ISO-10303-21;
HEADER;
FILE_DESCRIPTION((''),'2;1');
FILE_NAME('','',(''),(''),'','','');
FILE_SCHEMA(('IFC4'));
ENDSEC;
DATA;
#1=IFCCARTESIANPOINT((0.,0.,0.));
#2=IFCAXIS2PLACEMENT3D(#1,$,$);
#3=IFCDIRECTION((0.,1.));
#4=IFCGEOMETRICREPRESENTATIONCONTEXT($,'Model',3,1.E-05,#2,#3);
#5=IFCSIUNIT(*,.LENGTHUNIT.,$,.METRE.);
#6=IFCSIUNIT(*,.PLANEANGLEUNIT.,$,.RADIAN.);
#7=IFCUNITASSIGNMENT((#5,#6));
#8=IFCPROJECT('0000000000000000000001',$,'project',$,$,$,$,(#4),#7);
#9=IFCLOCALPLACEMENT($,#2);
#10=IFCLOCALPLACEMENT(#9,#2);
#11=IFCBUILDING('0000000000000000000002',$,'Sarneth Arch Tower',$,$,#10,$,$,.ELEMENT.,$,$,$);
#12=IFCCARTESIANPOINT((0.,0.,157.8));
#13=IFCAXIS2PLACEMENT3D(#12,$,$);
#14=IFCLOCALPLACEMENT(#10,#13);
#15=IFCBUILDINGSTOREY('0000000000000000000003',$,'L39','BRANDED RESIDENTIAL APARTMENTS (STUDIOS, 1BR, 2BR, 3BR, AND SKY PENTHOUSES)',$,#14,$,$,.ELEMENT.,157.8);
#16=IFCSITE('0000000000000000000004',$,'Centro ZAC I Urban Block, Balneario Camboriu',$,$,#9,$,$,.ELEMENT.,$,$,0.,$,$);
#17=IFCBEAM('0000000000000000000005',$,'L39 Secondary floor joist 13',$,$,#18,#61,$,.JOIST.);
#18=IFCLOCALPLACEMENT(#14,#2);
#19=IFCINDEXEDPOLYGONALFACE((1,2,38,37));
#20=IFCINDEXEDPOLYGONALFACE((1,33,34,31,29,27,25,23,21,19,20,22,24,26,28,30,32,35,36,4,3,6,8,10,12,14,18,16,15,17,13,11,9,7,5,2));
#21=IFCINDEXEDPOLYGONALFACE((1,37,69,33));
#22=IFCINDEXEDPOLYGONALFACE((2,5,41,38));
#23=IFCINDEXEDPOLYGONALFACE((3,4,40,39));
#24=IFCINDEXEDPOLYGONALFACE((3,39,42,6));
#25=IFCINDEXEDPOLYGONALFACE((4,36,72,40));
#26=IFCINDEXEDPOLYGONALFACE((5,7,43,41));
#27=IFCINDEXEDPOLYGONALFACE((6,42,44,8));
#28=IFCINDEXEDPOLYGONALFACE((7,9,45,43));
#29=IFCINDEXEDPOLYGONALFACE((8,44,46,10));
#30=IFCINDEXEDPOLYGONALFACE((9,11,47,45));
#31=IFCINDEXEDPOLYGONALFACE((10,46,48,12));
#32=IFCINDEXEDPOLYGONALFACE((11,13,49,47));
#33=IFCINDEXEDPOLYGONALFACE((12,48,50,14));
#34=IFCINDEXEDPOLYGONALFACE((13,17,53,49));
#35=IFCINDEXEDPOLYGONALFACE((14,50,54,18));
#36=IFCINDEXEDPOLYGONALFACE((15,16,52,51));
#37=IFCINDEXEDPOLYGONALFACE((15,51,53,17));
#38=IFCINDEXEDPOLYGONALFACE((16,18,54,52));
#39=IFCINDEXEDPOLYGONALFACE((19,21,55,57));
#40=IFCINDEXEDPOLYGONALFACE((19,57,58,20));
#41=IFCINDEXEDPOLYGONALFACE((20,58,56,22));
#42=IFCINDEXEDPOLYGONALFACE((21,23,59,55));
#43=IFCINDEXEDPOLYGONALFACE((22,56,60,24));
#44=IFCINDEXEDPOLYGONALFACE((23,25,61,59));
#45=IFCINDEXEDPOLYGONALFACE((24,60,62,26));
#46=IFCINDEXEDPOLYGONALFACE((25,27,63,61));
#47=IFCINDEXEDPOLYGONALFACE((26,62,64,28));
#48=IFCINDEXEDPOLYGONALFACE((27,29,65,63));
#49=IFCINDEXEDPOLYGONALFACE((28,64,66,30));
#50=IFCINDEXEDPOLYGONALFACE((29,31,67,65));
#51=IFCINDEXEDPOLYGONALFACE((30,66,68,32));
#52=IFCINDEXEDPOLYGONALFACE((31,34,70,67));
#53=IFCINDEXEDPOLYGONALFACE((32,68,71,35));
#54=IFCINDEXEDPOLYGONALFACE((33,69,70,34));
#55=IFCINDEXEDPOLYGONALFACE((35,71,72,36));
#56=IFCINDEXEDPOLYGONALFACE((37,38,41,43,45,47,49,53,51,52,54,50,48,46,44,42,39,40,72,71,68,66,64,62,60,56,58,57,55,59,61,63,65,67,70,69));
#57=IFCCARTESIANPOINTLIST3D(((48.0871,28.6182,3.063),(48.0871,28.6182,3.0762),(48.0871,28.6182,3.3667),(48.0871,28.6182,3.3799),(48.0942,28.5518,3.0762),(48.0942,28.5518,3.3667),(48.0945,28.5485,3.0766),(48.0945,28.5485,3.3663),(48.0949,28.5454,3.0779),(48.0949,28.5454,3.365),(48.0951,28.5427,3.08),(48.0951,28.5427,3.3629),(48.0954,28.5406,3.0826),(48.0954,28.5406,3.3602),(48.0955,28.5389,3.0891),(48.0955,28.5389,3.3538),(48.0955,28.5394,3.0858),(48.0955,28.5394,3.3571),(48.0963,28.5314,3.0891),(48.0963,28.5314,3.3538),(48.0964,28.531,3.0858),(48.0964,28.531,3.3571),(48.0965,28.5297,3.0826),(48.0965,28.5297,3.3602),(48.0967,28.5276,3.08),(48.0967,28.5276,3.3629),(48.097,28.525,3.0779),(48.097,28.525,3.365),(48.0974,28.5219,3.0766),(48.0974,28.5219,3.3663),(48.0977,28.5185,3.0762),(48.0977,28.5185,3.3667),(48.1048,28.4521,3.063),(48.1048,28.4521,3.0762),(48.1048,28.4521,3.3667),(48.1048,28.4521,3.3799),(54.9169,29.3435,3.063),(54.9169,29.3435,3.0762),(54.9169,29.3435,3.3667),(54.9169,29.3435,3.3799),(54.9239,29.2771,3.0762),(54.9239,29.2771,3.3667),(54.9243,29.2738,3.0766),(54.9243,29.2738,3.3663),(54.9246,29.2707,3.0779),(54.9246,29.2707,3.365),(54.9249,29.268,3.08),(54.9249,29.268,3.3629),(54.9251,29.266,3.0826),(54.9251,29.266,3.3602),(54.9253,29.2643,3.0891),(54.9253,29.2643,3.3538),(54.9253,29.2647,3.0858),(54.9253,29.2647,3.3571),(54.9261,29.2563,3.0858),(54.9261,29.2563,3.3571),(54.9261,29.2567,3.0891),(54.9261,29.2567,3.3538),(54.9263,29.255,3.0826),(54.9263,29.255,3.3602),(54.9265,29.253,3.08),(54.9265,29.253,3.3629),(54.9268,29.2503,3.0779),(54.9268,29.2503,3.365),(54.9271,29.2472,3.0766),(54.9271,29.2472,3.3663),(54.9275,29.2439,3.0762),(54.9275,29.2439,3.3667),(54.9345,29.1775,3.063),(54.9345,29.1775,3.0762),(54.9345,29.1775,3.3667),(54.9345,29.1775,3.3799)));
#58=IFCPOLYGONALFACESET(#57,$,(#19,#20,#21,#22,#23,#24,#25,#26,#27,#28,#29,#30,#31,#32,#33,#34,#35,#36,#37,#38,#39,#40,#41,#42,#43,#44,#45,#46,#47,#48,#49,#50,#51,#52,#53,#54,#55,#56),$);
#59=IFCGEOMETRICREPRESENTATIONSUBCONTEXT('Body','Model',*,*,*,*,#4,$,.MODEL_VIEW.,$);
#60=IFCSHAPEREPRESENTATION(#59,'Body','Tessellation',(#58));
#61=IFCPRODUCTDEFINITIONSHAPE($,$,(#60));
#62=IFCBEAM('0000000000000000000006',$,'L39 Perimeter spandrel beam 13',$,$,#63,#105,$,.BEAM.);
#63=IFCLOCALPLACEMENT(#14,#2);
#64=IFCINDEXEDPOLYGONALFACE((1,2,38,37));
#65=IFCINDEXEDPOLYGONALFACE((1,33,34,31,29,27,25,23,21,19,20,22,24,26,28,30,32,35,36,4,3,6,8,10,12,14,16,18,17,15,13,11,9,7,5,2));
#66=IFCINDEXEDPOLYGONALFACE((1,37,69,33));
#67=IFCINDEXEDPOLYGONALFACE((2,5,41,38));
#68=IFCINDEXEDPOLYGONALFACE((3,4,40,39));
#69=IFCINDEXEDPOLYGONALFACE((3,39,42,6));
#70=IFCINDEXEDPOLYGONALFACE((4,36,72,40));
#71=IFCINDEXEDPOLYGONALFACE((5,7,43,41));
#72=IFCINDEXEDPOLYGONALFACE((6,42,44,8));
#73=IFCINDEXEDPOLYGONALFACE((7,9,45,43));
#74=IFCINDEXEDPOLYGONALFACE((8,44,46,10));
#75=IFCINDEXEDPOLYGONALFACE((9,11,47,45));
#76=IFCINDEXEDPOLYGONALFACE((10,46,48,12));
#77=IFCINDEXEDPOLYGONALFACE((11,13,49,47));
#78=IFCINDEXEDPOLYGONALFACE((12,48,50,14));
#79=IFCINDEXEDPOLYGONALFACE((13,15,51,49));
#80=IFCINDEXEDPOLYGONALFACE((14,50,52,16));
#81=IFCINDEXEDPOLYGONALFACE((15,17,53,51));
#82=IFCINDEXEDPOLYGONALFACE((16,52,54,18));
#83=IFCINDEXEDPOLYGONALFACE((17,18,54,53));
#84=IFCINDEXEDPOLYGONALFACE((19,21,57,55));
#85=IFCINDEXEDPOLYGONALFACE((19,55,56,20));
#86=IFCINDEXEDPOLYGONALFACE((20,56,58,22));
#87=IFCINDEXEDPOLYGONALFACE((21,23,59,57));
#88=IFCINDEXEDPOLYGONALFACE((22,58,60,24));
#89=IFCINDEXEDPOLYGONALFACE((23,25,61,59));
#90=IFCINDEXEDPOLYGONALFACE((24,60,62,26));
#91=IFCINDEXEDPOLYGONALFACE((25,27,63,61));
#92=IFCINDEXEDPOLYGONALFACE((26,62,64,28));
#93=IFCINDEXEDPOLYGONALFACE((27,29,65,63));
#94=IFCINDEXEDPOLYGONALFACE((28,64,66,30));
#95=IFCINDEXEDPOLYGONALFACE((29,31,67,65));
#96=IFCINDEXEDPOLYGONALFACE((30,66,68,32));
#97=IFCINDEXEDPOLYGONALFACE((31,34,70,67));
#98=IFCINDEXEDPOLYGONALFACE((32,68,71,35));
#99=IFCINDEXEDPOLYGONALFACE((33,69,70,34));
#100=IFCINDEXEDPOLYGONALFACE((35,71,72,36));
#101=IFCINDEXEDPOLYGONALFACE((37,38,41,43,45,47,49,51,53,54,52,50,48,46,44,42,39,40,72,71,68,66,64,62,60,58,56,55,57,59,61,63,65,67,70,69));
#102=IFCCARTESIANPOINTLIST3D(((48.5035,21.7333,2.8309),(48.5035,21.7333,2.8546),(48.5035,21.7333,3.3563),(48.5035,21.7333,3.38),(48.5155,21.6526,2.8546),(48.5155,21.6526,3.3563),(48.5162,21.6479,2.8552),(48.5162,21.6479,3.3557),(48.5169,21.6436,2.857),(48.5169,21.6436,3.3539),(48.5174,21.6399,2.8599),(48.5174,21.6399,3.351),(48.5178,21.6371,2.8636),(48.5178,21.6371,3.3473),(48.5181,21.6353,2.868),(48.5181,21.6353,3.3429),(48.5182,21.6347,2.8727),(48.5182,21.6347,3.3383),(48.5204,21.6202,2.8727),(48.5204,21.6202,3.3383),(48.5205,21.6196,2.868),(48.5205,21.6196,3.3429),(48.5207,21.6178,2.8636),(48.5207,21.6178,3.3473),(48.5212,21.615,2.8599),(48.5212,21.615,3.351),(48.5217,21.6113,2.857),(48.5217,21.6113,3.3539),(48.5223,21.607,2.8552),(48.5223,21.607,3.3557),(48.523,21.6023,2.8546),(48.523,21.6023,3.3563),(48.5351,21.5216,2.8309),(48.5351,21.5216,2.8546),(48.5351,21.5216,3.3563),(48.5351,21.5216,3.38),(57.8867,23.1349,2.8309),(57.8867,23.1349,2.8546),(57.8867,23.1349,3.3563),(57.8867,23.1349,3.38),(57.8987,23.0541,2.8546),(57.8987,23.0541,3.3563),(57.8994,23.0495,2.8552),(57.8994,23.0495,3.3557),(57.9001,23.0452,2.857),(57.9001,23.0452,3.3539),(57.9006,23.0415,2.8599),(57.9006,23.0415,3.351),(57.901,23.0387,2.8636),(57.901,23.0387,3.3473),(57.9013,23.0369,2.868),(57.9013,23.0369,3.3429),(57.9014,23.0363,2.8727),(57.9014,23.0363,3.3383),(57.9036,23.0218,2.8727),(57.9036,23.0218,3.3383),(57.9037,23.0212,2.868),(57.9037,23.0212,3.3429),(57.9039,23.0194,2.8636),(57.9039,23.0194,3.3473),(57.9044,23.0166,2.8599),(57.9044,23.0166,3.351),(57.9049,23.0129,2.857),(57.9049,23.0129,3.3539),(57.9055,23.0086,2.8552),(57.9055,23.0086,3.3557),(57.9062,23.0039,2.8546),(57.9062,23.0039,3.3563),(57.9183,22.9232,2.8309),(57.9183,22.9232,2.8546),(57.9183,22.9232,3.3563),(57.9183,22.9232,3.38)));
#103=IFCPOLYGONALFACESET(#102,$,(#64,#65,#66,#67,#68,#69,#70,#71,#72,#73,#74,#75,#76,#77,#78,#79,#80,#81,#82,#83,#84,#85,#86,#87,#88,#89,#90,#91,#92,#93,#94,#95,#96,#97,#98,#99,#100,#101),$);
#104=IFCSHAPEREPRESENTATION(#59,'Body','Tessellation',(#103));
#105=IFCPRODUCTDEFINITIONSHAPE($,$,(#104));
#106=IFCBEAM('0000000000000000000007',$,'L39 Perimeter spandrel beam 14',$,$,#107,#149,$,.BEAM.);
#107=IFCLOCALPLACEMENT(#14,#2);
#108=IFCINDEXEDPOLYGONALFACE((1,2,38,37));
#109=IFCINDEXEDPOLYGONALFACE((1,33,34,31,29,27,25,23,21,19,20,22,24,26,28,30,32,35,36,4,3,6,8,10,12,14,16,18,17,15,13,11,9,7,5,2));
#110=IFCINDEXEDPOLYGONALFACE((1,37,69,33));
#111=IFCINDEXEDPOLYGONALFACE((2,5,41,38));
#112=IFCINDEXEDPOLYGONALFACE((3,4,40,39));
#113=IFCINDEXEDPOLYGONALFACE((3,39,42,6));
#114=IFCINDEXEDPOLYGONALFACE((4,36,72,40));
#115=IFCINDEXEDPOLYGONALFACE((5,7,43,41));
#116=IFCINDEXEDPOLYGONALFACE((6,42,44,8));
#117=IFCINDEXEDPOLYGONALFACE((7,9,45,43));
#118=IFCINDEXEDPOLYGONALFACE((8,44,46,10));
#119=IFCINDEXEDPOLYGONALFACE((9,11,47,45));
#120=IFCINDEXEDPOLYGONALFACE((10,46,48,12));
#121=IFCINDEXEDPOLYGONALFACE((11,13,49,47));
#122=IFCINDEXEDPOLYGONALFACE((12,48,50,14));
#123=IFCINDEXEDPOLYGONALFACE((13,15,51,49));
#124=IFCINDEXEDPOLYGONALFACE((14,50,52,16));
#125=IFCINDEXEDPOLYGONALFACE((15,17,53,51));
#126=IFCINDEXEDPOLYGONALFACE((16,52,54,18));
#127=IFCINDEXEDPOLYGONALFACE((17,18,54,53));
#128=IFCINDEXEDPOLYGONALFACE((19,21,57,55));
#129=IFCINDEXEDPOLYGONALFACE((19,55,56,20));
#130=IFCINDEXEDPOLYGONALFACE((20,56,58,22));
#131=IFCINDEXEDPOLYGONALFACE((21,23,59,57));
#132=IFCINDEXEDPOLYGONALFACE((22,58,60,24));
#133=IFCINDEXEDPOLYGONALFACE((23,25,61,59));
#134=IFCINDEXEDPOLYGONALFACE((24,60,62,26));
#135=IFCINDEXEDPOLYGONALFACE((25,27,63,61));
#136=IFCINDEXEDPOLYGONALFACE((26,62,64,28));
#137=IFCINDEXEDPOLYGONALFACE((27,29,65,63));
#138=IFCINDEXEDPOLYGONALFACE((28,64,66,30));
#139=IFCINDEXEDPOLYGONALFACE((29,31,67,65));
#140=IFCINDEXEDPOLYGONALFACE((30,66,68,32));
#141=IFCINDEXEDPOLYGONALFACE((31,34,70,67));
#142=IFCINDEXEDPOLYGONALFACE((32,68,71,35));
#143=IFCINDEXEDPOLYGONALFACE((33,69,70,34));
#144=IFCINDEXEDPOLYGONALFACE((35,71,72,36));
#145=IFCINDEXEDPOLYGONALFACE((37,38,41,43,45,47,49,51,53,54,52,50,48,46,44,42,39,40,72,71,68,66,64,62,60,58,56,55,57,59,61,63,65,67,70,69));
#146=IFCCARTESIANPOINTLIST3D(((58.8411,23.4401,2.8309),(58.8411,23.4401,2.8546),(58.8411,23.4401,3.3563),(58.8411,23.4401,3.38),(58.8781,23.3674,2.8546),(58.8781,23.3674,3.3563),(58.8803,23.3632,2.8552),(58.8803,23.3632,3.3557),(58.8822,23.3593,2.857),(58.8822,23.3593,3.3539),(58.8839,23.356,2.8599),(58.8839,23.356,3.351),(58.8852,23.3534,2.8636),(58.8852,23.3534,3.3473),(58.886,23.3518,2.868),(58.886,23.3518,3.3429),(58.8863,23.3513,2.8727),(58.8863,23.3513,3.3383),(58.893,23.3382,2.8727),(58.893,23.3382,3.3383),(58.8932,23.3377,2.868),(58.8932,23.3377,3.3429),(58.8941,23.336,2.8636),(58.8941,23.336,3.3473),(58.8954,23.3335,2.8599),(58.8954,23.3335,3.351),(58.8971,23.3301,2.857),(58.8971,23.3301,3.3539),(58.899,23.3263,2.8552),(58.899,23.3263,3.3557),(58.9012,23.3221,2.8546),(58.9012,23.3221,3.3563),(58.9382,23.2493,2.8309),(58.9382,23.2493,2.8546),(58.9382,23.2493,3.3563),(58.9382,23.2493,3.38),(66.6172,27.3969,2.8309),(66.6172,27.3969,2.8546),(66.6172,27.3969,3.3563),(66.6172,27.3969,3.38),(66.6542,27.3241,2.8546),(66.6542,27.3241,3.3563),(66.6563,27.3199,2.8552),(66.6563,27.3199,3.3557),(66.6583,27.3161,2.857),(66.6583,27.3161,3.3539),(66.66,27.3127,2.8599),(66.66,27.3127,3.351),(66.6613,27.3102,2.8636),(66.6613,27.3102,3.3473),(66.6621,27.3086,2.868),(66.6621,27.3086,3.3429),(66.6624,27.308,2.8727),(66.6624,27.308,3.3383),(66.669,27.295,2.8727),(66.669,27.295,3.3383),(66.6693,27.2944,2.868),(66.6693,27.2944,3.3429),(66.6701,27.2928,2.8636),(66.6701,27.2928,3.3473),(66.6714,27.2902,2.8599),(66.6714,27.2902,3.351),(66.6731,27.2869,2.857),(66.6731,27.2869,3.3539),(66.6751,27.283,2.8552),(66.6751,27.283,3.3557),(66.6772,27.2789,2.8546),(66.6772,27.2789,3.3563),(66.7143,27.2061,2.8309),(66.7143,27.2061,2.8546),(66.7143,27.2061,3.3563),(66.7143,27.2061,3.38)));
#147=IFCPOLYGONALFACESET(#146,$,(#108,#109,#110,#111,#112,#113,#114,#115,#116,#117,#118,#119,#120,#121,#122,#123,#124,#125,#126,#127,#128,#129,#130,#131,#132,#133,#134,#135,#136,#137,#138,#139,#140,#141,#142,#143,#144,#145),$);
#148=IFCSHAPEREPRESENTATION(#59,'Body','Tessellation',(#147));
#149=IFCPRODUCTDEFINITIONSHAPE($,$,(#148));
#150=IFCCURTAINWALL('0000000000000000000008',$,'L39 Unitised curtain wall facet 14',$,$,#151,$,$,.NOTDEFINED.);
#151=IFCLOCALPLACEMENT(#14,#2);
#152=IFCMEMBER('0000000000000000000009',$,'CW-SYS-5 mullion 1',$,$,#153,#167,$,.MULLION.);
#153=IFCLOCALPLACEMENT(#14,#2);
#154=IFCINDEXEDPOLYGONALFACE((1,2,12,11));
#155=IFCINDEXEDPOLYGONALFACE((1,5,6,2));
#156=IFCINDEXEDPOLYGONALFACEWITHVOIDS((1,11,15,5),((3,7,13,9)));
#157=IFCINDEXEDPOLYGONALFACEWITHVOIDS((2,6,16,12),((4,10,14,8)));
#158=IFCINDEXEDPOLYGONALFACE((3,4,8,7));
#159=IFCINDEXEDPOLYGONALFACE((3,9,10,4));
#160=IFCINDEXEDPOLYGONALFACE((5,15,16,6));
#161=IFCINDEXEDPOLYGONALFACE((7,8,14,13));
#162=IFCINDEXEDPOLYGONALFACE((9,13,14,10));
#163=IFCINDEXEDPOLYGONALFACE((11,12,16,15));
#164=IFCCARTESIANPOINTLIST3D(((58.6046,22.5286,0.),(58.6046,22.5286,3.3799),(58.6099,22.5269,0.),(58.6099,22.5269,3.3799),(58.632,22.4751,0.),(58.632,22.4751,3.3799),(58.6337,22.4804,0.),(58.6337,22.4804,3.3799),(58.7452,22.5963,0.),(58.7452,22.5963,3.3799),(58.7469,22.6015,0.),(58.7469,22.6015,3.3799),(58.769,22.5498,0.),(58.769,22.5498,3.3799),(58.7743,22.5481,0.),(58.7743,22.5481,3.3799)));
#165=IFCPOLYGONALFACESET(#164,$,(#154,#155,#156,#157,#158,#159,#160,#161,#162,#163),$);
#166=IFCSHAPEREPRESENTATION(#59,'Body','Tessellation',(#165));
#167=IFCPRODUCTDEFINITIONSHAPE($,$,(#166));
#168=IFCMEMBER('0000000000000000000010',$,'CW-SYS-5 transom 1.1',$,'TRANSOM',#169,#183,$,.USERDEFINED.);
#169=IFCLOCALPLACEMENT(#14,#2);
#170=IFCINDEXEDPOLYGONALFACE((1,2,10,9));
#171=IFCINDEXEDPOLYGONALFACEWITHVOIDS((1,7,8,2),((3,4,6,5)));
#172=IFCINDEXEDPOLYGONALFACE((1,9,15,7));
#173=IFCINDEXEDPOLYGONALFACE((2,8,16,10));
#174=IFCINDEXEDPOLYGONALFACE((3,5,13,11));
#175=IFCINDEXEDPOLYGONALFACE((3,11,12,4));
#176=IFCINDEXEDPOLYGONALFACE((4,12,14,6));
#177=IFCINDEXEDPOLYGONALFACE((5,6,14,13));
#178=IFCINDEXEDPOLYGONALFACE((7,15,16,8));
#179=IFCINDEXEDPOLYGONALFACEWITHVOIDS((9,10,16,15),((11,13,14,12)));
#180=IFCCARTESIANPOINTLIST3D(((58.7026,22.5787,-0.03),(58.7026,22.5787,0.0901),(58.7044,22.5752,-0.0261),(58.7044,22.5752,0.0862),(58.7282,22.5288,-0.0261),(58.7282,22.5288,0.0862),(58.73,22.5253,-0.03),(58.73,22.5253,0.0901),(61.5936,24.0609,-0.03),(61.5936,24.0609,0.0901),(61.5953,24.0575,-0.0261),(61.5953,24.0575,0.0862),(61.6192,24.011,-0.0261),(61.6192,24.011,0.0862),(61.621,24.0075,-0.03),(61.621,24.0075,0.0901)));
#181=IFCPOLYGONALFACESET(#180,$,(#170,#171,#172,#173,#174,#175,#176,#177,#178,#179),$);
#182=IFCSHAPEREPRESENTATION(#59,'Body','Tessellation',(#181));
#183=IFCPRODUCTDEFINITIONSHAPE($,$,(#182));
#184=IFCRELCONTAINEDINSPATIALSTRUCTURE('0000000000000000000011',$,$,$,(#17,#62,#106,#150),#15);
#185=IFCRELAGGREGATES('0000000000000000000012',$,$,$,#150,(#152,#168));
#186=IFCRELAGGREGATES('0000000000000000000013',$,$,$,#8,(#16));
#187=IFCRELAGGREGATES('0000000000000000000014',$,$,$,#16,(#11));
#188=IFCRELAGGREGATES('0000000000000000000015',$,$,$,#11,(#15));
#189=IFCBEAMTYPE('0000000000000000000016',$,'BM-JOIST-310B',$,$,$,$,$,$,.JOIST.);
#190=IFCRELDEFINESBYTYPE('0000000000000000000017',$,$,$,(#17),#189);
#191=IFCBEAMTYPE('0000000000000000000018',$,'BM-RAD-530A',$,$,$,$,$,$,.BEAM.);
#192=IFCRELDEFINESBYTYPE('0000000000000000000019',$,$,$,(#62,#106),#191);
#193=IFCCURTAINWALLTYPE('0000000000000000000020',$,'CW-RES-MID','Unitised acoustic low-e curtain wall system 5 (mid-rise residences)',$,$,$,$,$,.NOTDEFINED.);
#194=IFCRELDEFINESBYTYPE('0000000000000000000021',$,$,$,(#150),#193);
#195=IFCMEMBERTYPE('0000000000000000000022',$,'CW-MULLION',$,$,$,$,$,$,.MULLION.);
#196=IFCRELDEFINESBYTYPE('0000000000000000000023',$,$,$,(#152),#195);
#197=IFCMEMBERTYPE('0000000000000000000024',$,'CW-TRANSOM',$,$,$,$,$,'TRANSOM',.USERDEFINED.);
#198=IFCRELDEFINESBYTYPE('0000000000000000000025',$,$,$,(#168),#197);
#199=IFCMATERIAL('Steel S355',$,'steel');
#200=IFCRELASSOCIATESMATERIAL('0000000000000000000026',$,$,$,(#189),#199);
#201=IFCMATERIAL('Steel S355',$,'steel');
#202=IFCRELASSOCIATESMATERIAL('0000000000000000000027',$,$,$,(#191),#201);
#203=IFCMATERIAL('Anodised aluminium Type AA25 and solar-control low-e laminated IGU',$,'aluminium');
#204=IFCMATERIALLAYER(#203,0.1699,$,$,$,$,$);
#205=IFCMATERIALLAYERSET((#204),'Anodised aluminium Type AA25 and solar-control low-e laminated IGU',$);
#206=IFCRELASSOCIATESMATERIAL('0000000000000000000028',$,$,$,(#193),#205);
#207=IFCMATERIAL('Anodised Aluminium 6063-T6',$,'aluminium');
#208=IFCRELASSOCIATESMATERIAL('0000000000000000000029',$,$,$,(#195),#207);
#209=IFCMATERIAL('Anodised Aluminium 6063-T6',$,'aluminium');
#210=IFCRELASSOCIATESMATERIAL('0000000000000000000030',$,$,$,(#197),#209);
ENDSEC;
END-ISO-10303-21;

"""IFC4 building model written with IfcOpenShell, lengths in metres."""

from ifc_helpers import new_model, si_unit, direction, frame, origin, origin_2d, place, context, subcontext, project, spatial, hollow_rectangle, i_section, extrude, material, layer, layer_set, material_profile, profile_set, type_object, element, aggregate, save


model = new_model("IFC4")

# Units and contexts
model_context = context("Model", 3, precision=1e-05, world=origin(), true_north=direction((0.0, 1.0)))
body_context = subcontext(model_context, "Body", "Model", "MODEL_VIEW")
ifc_project = project(units=[si_unit("LENGTHUNIT", "METRE"), si_unit("PLANEANGLEUNIT", "RADIAN")], contexts=[model_context])

# Site, building, storey
site_placement = place(None, origin())
site = spatial("IfcSite", under=ifc_project, at=site_placement, Name="Centro ZAC I Urban Block, Balneario Camboriu", CompositionType="ELEMENT", RefElevation=0.0)
building_placement = place(site_placement, origin())
building = spatial("IfcBuilding", under=site, at=building_placement, Name="Sarneth Arch Tower", CompositionType="ELEMENT")
storey_placement = place(building_placement, frame((0.0, 0.0, 157.8)))
storey = spatial("IfcBuildingStorey", under=building, at=storey_placement, Name="L39", Description="BRANDED RESIDENTIAL APARTMENTS (STUDIOS, 1BR, 2BR, 3BR, AND SKY PENTHOUSES)", CompositionType="ELEMENT", Elevation=157.8)

# Beams
ifc_material_1 = material(Name="Steel S355", Category="steel")
ifc_material_profile_1 = material_profile(ifc_material_1, i_section(OverallWidth=0.167, OverallDepth=0.3169, WebThickness=0.0076, FlangeThickness=0.0132, FilletRadius=0.0129, at=origin_2d()), Name="W310x52")
ifc_profile_set_1 = profile_set([ifc_material_profile_1], Name="Steel S355")
beam_type_1 = type_object("IfcBeamType", Name="BM-JOIST-310B", PredefinedType="JOIST", material=ifc_profile_set_1)
beam_1_placement = place(storey_placement, frame((48.0959, 28.5352, 3.2214), z_axis=(0.994408, 0.105608, 0.0), x_axis=(-0.105608, 0.994408, 0.0)))
element("IfcBeam", 1, at=beam_1_placement, inside=storey, type_object=beam_type_1, Name="L39 Secondary floor joist 13", PredefinedType="JOIST", context=body_context, shape_type="SweptSolid", body=[
    extrude(i_section(OverallWidth=0.167, OverallDepth=0.3169, WebThickness=0.0076, FlangeThickness=0.0132, FilletRadius=0.0129, at=origin_2d()), origin(), (0.0, 0.0, 1.0), 6.8682),
])
ifc_material_2 = material(Name="Steel S355", Category="steel")
ifc_material_profile_2 = material_profile(ifc_material_2, i_section(OverallWidth=0.2141, OverallDepth=0.5491, WebThickness=0.0146, FlangeThickness=0.0237, FilletRadius=0.0181, at=origin_2d()), Name="W530x138")
ifc_profile_set_2 = profile_set([ifc_material_profile_2], Name="Steel S355")
beam_type_2 = type_object("IfcBeamType", Name="BM-RAD-530A", PredefinedType="BEAM", material=ifc_profile_set_2)
beam_2_placement = place(storey_placement, frame((48.5193, 21.6274, 3.1055), z_axis=(0.989027, 0.147734, 0.0), x_axis=(-0.147734, 0.989027, 0.0)))
element("IfcBeam", 2, at=beam_2_placement, inside=storey, type_object=beam_type_2, Name="L39 Perimeter spandrel beam 13", PredefinedType="BEAM", context=body_context, shape_type="SweptSolid", body=[
    extrude(i_section(OverallWidth=0.2141, OverallDepth=0.5491, WebThickness=0.0146, FlangeThickness=0.0237, FilletRadius=0.0181, at=origin_2d()), origin(), (0.0, 0.0, 1.0), 9.4873),
])
beam_3_placement = place(storey_placement, frame((58.8896, 23.3447, 3.1055), z_axis=(0.891254, 0.453504, 0.0), x_axis=(-0.453504, 0.891254, 0.0)))
element("IfcBeam", 3, at=beam_3_placement, inside=storey, type_object=beam_type_2, Name="L39 Perimeter spandrel beam 14", PredefinedType="BEAM", context=body_context, shape_type="SweptSolid", body=[
    extrude(i_section(OverallWidth=0.2141, OverallDepth=0.5491, WebThickness=0.0146, FlangeThickness=0.0237, FilletRadius=0.0181, at=origin_2d()), origin(), (0.0, 0.0, 1.0), 8.7249),
])

# Curtain wall, members
ifc_material_3 = material(Name="Anodised aluminium Type AA25 and solar-control low-e laminated IGU", Category="aluminium")
ifc_layer_1 = layer(ifc_material_3, 0.1699)
ifc_layer_set_1 = layer_set([ifc_layer_1], Name="Anodised aluminium Type AA25 and solar-control low-e laminated IGU")
curtain_wall_type = type_object("IfcCurtainWallType", Name="CW-RES-MID", Description="Unitised acoustic low-e curtain wall system 5 (mid-rise residences)", PredefinedType="NOTDEFINED", material=ifc_layer_set_1)
curtain_wall_placement = place(storey_placement, origin())
curtain_wall = element("IfcCurtainWall", 4, at=curtain_wall_placement, inside=storey, type_object=curtain_wall_type, Name="L39 Unitised curtain wall facet 14", PredefinedType="NOTDEFINED")
ifc_material_4 = material(Name="Anodised Aluminium 6063-T6", Category="aluminium")
ifc_material_profile_3 = material_profile(ifc_material_4, hollow_rectangle(XDim=0.0601, YDim=0.1599, WallThickness=0.0039, at=origin_2d()), Name="AL-MULL-160x60x4")
ifc_profile_set_3 = profile_set([ifc_material_profile_3], Name="Anodised Aluminium 6063-T6")
member_type_1 = type_object("IfcMemberType", Name="CW-MULLION", PredefinedType="MULLION", material=ifc_profile_set_3)
member_1_placement = place(storey_placement, frame((58.6895, 22.5383, 0.0), z_axis=(0.0, 0.0, 1.0), x_axis=(-0.456208, 0.889873, 0.0)))
member_1 = element("IfcMember", 5, at=member_1_placement, type_object=member_type_1, Name="CW-SYS-5 mullion 1", PredefinedType="MULLION", context=body_context, shape_type="SweptSolid", body=[
    extrude(hollow_rectangle(XDim=0.0601, YDim=0.1599, WallThickness=0.0039, at=origin_2d()), origin(), (0.0, 0.0, 1.0), 3.3799),
])
ifc_material_5 = material(Name="Anodised Aluminium 6063-T6", Category="aluminium")
ifc_material_profile_4 = material_profile(ifc_material_5, hollow_rectangle(XDim=0.0601, YDim=0.1201, WallThickness=0.0039, at=origin_2d()), Name="AL-TRAN-120x60x4")
ifc_profile_set_4 = profile_set([ifc_material_profile_4], Name="Anodised Aluminium 6063-T6")
member_type_2 = type_object("IfcMemberType", Name="CW-TRANSOM", ElementType="TRANSOM", PredefinedType="USERDEFINED", material=ifc_profile_set_4)
member_2_placement = place(storey_placement, frame((58.7163, 22.552, 0.03), z_axis=(0.889857, 0.456239, 0.0), x_axis=(-0.456239, 0.889857, 0.0)))
member_2 = element("IfcMember", 6, at=member_2_placement, type_object=member_type_2, Name="CW-SYS-5 transom 1.1", ObjectType="TRANSOM", PredefinedType="USERDEFINED", context=body_context, shape_type="SweptSolid", body=[
    extrude(hollow_rectangle(XDim=0.0601, YDim=0.1201, WallThickness=0.0039, at=origin_2d()), origin(), (0.0, 0.0, 1.0), 3.2488),
])
aggregate(curtain_wall, [member_1, member_2])

save(model, "model.ifc")
